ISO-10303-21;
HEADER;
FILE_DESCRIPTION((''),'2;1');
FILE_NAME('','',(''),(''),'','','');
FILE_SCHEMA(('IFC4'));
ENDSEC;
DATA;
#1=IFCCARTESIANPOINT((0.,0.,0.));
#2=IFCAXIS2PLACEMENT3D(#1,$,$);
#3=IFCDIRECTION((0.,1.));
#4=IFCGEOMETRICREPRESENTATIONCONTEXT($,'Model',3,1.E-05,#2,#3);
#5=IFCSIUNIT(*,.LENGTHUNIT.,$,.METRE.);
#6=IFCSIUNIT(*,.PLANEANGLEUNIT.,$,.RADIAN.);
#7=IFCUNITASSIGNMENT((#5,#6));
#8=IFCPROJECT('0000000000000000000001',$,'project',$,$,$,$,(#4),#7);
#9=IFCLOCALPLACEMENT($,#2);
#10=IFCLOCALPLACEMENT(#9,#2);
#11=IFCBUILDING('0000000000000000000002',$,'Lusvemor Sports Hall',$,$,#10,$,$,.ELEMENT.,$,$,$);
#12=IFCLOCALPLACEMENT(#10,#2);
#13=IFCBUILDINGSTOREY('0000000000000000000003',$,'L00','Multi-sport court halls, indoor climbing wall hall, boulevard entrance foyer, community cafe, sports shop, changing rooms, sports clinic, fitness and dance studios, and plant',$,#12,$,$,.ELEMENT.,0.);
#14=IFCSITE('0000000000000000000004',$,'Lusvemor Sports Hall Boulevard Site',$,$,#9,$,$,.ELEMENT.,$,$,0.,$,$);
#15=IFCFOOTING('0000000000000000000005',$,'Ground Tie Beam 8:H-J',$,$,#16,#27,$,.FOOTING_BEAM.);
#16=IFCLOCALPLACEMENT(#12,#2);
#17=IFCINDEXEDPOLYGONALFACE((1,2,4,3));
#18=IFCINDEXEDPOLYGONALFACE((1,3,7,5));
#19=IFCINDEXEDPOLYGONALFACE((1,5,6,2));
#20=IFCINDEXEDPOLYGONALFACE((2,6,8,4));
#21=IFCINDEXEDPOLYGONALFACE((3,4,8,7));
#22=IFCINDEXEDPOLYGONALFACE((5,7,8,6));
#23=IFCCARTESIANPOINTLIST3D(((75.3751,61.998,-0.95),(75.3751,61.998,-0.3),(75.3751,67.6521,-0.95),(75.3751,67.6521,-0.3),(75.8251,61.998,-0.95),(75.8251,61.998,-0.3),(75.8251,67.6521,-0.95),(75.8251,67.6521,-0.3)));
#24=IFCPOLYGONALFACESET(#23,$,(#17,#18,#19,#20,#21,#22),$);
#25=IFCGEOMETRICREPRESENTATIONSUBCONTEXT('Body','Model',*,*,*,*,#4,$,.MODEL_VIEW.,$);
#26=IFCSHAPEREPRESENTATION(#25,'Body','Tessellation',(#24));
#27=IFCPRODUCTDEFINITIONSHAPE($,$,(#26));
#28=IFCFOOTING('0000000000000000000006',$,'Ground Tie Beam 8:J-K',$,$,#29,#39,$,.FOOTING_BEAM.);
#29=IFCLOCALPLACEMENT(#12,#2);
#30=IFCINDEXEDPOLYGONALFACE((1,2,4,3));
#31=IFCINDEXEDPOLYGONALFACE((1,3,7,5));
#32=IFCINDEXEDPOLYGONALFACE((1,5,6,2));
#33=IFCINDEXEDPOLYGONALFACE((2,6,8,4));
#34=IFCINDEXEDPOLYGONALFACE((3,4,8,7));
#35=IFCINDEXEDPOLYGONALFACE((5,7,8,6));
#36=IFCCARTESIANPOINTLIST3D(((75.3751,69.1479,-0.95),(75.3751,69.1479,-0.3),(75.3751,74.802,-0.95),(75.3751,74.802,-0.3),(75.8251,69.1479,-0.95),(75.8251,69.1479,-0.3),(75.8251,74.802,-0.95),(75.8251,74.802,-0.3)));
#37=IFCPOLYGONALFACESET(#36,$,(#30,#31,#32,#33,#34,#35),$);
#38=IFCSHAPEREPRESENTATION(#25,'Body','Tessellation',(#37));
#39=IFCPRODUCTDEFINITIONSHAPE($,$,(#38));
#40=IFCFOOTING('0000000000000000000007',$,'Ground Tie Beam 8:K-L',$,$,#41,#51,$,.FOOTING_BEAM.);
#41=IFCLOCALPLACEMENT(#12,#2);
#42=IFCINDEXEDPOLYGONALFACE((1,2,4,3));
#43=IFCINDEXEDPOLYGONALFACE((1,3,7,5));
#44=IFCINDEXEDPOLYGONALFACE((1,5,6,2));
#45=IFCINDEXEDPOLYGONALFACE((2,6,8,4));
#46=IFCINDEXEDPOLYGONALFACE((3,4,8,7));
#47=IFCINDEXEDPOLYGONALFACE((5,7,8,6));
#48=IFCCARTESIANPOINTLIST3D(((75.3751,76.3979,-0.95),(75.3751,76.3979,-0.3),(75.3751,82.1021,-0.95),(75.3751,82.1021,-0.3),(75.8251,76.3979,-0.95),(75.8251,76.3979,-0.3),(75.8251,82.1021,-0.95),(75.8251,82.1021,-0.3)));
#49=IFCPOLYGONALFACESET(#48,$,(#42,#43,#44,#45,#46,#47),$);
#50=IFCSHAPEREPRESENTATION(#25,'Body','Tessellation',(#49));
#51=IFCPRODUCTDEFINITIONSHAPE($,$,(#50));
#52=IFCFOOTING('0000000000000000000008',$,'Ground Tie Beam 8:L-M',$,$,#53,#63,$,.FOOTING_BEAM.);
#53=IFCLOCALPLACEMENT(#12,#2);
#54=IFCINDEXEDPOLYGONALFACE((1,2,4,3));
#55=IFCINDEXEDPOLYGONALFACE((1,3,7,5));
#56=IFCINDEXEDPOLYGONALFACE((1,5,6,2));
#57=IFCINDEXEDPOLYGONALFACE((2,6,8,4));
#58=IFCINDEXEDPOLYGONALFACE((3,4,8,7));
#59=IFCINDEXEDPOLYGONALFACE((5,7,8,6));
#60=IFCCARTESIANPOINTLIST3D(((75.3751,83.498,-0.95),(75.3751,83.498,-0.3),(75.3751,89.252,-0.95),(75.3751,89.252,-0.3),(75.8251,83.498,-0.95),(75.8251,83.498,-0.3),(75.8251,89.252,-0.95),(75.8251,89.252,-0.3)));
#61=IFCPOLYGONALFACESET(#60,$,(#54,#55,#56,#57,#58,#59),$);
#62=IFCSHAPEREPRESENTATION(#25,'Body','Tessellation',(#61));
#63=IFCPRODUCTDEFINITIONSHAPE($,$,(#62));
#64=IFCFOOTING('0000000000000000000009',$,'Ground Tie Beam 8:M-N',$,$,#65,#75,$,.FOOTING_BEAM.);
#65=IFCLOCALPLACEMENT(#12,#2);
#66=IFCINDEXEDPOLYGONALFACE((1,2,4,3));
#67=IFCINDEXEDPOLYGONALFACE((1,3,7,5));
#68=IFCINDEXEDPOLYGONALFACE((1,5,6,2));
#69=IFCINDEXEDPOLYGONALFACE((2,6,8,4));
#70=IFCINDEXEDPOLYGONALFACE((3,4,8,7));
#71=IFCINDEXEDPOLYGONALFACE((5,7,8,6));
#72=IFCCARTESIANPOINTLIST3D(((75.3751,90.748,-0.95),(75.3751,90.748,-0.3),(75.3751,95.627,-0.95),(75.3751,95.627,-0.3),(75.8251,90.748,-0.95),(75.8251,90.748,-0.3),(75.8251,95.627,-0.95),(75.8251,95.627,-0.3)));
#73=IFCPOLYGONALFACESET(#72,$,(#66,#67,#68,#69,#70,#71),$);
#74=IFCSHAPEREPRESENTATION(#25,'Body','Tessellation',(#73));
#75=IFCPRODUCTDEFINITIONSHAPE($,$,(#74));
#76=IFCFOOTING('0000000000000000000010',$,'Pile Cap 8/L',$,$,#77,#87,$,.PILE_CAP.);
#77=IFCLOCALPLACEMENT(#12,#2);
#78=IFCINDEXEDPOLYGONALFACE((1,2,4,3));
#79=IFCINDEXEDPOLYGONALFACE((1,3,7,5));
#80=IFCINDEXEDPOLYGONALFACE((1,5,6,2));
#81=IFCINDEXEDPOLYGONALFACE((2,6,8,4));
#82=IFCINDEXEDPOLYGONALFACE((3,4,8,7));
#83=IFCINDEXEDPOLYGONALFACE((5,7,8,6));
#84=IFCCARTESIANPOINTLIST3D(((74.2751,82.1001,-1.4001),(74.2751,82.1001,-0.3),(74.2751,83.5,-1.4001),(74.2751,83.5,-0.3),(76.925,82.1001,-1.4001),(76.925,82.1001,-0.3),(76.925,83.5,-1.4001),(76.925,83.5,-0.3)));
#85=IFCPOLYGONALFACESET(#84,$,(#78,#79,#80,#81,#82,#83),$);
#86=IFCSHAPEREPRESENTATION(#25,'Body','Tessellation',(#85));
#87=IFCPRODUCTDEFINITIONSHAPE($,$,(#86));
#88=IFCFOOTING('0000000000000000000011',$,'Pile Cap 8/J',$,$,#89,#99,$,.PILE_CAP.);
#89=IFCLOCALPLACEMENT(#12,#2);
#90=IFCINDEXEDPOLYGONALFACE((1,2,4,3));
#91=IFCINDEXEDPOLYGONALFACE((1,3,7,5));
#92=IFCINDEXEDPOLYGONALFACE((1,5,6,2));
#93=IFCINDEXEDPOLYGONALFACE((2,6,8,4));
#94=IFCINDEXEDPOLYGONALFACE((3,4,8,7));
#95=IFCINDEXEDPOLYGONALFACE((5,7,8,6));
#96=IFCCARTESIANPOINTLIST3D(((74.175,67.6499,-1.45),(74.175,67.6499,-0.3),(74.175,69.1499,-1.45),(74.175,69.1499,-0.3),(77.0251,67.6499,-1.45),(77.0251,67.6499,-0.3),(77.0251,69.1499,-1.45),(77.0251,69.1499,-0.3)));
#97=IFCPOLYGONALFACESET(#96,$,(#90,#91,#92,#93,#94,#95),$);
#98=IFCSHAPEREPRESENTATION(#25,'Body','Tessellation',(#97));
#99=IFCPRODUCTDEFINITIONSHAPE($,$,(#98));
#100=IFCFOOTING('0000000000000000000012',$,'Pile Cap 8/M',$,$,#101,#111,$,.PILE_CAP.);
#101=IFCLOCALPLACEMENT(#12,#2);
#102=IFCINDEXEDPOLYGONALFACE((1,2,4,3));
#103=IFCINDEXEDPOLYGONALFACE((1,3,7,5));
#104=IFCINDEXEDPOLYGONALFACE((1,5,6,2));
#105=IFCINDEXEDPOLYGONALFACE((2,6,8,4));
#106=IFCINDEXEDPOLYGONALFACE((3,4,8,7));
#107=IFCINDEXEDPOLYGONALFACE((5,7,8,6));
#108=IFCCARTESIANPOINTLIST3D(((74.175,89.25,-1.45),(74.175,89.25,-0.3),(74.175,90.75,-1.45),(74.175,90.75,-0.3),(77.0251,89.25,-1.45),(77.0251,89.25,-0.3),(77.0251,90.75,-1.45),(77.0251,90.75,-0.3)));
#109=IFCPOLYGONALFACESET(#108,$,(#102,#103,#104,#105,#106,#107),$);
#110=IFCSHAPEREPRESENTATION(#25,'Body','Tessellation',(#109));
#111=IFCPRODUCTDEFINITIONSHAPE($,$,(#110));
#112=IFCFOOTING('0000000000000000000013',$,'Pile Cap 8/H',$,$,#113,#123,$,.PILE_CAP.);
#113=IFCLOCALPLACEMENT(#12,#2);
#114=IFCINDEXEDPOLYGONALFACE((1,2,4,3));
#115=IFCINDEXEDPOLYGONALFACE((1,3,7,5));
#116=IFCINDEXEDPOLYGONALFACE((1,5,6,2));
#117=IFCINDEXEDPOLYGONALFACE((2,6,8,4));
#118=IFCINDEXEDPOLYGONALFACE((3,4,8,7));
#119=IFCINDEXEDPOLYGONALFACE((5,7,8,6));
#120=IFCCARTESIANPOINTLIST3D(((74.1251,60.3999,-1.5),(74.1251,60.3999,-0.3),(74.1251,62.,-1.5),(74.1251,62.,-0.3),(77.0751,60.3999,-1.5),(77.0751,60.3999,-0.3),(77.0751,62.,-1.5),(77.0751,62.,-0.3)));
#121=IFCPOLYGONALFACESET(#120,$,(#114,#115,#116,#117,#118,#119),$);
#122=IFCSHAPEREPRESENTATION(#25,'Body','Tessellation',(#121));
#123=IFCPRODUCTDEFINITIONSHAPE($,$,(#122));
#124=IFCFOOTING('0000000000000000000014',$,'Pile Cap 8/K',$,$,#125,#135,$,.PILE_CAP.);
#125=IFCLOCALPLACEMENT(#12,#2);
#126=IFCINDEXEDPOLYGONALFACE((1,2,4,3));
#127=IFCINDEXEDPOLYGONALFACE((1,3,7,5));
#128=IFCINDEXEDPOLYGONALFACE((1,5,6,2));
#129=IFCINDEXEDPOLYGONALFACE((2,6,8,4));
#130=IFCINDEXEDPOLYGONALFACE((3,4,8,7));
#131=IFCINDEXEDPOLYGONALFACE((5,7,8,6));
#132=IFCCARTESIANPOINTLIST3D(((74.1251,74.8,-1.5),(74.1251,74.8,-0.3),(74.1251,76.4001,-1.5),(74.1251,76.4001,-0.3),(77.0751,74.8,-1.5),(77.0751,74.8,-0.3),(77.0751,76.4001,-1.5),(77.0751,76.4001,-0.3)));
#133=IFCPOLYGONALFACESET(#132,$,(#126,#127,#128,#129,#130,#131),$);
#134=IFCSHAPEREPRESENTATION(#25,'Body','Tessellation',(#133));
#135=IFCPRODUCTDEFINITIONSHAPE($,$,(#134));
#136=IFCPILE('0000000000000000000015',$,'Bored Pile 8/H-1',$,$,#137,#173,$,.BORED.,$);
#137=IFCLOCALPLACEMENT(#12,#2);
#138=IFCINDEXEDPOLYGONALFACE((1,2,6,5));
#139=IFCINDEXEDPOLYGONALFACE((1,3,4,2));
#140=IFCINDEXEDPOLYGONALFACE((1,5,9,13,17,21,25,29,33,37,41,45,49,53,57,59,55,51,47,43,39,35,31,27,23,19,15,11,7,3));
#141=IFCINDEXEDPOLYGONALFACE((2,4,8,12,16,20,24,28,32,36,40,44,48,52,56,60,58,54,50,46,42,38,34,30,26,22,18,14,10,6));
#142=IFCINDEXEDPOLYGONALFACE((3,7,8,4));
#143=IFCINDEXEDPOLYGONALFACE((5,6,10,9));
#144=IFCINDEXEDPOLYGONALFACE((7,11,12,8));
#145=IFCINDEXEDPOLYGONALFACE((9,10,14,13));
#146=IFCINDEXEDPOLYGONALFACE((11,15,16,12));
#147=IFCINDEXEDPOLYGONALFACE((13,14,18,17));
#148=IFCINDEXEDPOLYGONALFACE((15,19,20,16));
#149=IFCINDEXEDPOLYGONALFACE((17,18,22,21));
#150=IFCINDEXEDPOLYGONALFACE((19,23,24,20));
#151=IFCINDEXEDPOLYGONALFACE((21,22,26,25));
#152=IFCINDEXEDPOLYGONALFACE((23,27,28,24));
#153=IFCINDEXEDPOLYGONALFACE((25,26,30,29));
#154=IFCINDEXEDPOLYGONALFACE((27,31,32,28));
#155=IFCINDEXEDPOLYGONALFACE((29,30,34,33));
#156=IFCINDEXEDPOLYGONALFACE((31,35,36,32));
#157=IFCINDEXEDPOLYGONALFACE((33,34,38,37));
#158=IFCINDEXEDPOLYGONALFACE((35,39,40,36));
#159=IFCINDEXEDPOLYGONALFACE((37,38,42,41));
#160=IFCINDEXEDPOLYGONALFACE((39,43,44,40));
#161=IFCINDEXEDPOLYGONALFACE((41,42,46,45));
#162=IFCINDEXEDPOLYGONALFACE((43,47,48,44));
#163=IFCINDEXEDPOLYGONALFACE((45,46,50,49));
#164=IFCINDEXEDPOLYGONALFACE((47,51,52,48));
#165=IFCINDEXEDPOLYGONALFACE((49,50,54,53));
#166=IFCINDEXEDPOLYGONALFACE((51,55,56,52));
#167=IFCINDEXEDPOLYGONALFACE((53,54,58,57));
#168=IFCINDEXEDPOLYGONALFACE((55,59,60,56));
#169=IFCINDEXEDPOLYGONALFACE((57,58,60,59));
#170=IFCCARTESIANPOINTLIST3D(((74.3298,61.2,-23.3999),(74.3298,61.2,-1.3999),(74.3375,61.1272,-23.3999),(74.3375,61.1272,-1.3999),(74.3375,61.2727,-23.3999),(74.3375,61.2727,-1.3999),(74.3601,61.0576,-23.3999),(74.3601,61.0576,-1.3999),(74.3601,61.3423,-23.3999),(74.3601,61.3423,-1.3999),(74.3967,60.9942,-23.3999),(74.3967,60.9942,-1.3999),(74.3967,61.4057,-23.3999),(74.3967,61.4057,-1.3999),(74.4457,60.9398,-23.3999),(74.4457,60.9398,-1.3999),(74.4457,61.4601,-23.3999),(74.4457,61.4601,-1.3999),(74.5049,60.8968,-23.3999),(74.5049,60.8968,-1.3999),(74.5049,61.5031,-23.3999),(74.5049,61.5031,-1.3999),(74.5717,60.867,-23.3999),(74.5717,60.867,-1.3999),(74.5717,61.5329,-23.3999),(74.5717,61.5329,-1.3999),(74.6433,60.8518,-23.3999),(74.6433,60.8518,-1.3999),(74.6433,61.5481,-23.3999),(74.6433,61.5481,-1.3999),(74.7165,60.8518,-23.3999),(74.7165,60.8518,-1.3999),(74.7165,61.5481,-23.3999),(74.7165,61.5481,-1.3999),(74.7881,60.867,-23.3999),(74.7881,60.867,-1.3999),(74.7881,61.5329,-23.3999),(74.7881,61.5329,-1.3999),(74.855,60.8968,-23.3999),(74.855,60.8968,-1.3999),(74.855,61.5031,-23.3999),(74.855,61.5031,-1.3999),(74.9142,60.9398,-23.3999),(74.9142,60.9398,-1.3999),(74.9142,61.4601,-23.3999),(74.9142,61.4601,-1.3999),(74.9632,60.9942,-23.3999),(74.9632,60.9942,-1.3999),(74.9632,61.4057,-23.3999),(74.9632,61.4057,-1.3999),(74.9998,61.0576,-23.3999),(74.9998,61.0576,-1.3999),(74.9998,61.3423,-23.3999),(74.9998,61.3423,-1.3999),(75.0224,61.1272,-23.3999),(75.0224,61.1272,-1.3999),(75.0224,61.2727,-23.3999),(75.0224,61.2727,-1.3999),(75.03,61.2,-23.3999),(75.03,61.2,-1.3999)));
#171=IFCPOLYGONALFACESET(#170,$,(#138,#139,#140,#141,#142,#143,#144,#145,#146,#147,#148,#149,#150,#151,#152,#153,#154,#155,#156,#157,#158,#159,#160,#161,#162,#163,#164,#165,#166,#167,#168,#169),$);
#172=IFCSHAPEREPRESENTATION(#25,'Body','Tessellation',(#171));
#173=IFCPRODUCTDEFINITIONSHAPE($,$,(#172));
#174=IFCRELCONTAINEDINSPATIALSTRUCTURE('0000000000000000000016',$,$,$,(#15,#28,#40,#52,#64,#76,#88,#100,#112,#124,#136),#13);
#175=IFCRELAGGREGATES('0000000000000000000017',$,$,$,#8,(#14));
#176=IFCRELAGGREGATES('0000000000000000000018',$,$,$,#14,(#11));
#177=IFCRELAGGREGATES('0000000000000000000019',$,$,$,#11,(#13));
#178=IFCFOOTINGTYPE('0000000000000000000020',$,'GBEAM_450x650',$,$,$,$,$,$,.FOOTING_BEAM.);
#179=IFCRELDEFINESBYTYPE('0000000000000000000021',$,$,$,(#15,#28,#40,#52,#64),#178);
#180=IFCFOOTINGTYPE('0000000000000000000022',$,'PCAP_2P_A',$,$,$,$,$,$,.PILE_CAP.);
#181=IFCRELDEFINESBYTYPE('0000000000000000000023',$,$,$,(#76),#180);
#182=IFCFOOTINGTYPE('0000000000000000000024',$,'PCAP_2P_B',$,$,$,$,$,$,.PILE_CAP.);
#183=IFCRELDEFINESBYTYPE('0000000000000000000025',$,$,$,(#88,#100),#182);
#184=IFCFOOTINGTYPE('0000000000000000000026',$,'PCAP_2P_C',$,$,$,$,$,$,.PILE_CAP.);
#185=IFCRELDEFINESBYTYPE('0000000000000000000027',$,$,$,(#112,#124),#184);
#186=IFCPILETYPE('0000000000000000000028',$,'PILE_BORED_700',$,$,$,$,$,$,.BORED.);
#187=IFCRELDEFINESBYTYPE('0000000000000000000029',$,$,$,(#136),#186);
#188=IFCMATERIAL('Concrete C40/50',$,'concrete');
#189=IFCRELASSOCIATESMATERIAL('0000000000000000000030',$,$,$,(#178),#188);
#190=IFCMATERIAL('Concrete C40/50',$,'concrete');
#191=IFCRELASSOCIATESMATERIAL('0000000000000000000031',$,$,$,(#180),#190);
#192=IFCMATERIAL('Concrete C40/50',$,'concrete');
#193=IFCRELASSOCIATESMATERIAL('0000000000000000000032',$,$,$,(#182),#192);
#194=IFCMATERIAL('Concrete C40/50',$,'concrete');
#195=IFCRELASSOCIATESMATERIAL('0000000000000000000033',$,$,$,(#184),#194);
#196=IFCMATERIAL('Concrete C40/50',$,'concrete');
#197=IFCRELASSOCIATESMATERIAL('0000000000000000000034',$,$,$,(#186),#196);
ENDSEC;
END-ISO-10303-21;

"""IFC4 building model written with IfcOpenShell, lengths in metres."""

from ifc_helpers import new_model, si_unit, direction, frame, origin, origin_2d, place, context, subcontext, project, spatial, rectangle, circle, extrude, material, material_profile, profile_set, type_object, element, save


model = new_model("IFC4")

# Units and contexts
model_context = context("Model", 3, precision=1e-05, world=origin(), true_north=direction((0.0, 1.0)))
body_context = subcontext(model_context, "Body", "Model", "MODEL_VIEW")
ifc_project = project(units=[si_unit("LENGTHUNIT", "METRE"), si_unit("PLANEANGLEUNIT", "RADIAN")], contexts=[model_context])

# Site, building, storey
site_placement = place(None, origin())
site = spatial("IfcSite", under=ifc_project, at=site_placement, Name="Lusvemor Sports Hall Boulevard Site", CompositionType="ELEMENT", RefElevation=0.0)
building_placement = place(site_placement, origin())
building = spatial("IfcBuilding", under=site, at=building_placement, Name="Lusvemor Sports Hall", CompositionType="ELEMENT")
storey_placement = place(building_placement, origin())
storey = spatial("IfcBuildingStorey", under=building, at=storey_placement, Name="L00", Description="Multi-sport court halls, indoor climbing wall hall, boulevard entrance foyer, community cafe, sports shop, changing rooms, sports clinic, fitness and dance studios, and plant", CompositionType="ELEMENT", Elevation=0.0)

# Footings
ifc_material_1 = material(Name="Concrete C40/50", Category="concrete")
ifc_material_profile_1 = material_profile(ifc_material_1, rectangle(XDim=0.45, YDim=0.6499, at=origin_2d()), Name="GB_450x650")
ifc_profile_set_1 = profile_set([ifc_material_profile_1], Name="Concrete C40/50")
footing_type_1 = type_object("IfcFootingType", Name="GBEAM_450x650", PredefinedType="FOOTING_BEAM", material=ifc_profile_set_1)
for number, where, z_axis, x_axis, name in (
    (1, (75.6001, 61.998, -0.625), (0.0, 1.0, 0.0), (-1.0, 0.0, 0.0), "Ground Tie Beam 8:H-J"),
    (2, (75.6001, 69.1479, -0.625), (0.0, 1.0, 0.0), (-1.0, 0.0, 0.0), "Ground Tie Beam 8:J-K"),
):
    element("IfcFooting", number, at=place(storey_placement, frame(where, z_axis=z_axis, x_axis=x_axis)), inside=storey, type_object=footing_type_1, Name=name, PredefinedType="FOOTING_BEAM", context=body_context, shape_type="SweptSolid", body=[
        extrude(rectangle(XDim=0.45, YDim=0.6499, at=origin_2d()), origin(), (0.0, 0.0, 1.0), 5.6541),
    ])
footing_1_placement = place(storey_placement, frame((75.6001, 76.3979, -0.625), z_axis=(0.0, 1.0, 0.0), x_axis=(-1.0, 0.0, 0.0)))
element("IfcFooting", 3, at=footing_1_placement, inside=storey, type_object=footing_type_1, Name="Ground Tie Beam 8:K-L", PredefinedType="FOOTING_BEAM", context=body_context, shape_type="SweptSolid", body=[
    extrude(rectangle(XDim=0.45, YDim=0.6499, at=origin_2d()), origin(), (0.0, 0.0, 1.0), 5.7041),
])
footing_2_placement = place(storey_placement, frame((75.6001, 83.498, -0.625), z_axis=(0.0, 1.0, 0.0), x_axis=(-1.0, 0.0, 0.0)))
element("IfcFooting", 4, at=footing_2_placement, inside=storey, type_object=footing_type_1, Name="Ground Tie Beam 8:L-M", PredefinedType="FOOTING_BEAM", context=body_context, shape_type="SweptSolid", body=[
    extrude(rectangle(XDim=0.45, YDim=0.6499, at=origin_2d()), origin(), (0.0, 0.0, 1.0), 5.7539),
])
footing_3_placement = place(storey_placement, frame((75.6001, 90.748, -0.625), z_axis=(0.0, 1.0, 0.0), x_axis=(-1.0, 0.0, 0.0)))
element("IfcFooting", 5, at=footing_3_placement, inside=storey, type_object=footing_type_1, Name="Ground Tie Beam 8:M-N", PredefinedType="FOOTING_BEAM", context=body_context, shape_type="SweptSolid", body=[
    extrude(rectangle(XDim=0.45, YDim=0.6499, at=origin_2d()), origin(), (0.0, 0.0, 1.0), 4.8789),
])
ifc_material_2 = material(Name="Concrete C40/50", Category="concrete")
footing_type_2 = type_object("IfcFootingType", Name="PCAP_2P_A", PredefinedType="PILE_CAP", material=ifc_material_2)
footing_4_placement = place(storey_placement, frame((75.6001, 82.8, -1.4001), z_axis=(0.0, 0.0, 1.0), x_axis=(1.0, 0.0, 0.0)))
element("IfcFooting", 6, at=footing_4_placement, inside=storey, type_object=footing_type_2, Name="Pile Cap 8/L", PredefinedType="PILE_CAP", context=body_context, shape_type="SweptSolid", body=[
    extrude(rectangle(XDim=2.6499, YDim=1.3999, at=origin_2d()), origin(), (0.0, 0.0, 1.0), 1.1001),
])
ifc_material_3 = material(Name="Concrete C40/50", Category="concrete")
footing_type_3 = type_object("IfcFootingType", Name="PCAP_2P_B", PredefinedType="PILE_CAP", material=ifc_material_3)
for number, where, z_axis, x_axis, name in (
    (7, (75.6001, 68.3999, -1.45), (0.0, 0.0, 1.0), (1.0, 0.0, 0.0), "Pile Cap 8/J"),
    (8, (75.6001, 90.0, -1.45), (0.0, 0.0, 1.0), (1.0, 0.0, 0.0), "Pile Cap 8/M"),
):
    element("IfcFooting", number, at=place(storey_placement, frame(where, z_axis=z_axis, x_axis=x_axis)), inside=storey, type_object=footing_type_3, Name=name, PredefinedType="PILE_CAP", context=body_context, shape_type="SweptSolid", body=[
        extrude(rectangle(XDim=2.8501, YDim=1.5, at=origin_2d()), origin(), (0.0, 0.0, 1.0), 1.1499),
    ])
ifc_material_4 = material(Name="Concrete C40/50", Category="concrete")
footing_type_4 = type_object("IfcFootingType", Name="PCAP_2P_C", PredefinedType="PILE_CAP", material=ifc_material_4)
for number, where, z_axis, x_axis, name in (
    (9, (75.6001, 61.2, -1.5), (0.0, 0.0, 1.0), (1.0, 0.0, 0.0), "Pile Cap 8/H"),
    (10, (75.6001, 75.6001, -1.5), (0.0, 0.0, 1.0), (1.0, 0.0, 0.0), "Pile Cap 8/K"),
):
    element("IfcFooting", number, at=place(storey_placement, frame(where, z_axis=z_axis, x_axis=x_axis)), inside=storey, type_object=footing_type_4, Name=name, PredefinedType="PILE_CAP", context=body_context, shape_type="SweptSolid", body=[
        extrude(rectangle(XDim=2.95, YDim=1.6001, at=origin_2d()), origin(), (0.0, 0.0, 1.0), 1.2),
    ])

# Pile
ifc_material_5 = material(Name="Concrete C40/50", Category="concrete")
ifc_material_profile_2 = material_profile(ifc_material_5, circle(Radius=0.3501, at=origin_2d()), Name="PILE700")
ifc_profile_set_2 = profile_set([ifc_material_profile_2], Name="Concrete C40/50")
pile_type_1 = type_object("IfcPileType", Name="PILE_BORED_700", PredefinedType="BORED", material=ifc_profile_set_2)
for number, where, z_axis, x_axis, name in (
    (11, (74.6799, 61.2, -1.3999), (0.0, 0.0, -1.0), (1.0, 0.0, 0.0), "Bored Pile 8/H-1"),
):
    element("IfcPile", number, at=place(storey_placement, frame(where, z_axis=z_axis, x_axis=x_axis)), inside=storey, type_object=pile_type_1, Name=name, PredefinedType="BORED", context=body_context, shape_type="SweptSolid", body=[
        extrude(circle(Radius=0.3501, at=origin_2d()), origin(), (0.0, 0.0, 1.0), 22.0),
    ])

save(model, "model.ifc")
